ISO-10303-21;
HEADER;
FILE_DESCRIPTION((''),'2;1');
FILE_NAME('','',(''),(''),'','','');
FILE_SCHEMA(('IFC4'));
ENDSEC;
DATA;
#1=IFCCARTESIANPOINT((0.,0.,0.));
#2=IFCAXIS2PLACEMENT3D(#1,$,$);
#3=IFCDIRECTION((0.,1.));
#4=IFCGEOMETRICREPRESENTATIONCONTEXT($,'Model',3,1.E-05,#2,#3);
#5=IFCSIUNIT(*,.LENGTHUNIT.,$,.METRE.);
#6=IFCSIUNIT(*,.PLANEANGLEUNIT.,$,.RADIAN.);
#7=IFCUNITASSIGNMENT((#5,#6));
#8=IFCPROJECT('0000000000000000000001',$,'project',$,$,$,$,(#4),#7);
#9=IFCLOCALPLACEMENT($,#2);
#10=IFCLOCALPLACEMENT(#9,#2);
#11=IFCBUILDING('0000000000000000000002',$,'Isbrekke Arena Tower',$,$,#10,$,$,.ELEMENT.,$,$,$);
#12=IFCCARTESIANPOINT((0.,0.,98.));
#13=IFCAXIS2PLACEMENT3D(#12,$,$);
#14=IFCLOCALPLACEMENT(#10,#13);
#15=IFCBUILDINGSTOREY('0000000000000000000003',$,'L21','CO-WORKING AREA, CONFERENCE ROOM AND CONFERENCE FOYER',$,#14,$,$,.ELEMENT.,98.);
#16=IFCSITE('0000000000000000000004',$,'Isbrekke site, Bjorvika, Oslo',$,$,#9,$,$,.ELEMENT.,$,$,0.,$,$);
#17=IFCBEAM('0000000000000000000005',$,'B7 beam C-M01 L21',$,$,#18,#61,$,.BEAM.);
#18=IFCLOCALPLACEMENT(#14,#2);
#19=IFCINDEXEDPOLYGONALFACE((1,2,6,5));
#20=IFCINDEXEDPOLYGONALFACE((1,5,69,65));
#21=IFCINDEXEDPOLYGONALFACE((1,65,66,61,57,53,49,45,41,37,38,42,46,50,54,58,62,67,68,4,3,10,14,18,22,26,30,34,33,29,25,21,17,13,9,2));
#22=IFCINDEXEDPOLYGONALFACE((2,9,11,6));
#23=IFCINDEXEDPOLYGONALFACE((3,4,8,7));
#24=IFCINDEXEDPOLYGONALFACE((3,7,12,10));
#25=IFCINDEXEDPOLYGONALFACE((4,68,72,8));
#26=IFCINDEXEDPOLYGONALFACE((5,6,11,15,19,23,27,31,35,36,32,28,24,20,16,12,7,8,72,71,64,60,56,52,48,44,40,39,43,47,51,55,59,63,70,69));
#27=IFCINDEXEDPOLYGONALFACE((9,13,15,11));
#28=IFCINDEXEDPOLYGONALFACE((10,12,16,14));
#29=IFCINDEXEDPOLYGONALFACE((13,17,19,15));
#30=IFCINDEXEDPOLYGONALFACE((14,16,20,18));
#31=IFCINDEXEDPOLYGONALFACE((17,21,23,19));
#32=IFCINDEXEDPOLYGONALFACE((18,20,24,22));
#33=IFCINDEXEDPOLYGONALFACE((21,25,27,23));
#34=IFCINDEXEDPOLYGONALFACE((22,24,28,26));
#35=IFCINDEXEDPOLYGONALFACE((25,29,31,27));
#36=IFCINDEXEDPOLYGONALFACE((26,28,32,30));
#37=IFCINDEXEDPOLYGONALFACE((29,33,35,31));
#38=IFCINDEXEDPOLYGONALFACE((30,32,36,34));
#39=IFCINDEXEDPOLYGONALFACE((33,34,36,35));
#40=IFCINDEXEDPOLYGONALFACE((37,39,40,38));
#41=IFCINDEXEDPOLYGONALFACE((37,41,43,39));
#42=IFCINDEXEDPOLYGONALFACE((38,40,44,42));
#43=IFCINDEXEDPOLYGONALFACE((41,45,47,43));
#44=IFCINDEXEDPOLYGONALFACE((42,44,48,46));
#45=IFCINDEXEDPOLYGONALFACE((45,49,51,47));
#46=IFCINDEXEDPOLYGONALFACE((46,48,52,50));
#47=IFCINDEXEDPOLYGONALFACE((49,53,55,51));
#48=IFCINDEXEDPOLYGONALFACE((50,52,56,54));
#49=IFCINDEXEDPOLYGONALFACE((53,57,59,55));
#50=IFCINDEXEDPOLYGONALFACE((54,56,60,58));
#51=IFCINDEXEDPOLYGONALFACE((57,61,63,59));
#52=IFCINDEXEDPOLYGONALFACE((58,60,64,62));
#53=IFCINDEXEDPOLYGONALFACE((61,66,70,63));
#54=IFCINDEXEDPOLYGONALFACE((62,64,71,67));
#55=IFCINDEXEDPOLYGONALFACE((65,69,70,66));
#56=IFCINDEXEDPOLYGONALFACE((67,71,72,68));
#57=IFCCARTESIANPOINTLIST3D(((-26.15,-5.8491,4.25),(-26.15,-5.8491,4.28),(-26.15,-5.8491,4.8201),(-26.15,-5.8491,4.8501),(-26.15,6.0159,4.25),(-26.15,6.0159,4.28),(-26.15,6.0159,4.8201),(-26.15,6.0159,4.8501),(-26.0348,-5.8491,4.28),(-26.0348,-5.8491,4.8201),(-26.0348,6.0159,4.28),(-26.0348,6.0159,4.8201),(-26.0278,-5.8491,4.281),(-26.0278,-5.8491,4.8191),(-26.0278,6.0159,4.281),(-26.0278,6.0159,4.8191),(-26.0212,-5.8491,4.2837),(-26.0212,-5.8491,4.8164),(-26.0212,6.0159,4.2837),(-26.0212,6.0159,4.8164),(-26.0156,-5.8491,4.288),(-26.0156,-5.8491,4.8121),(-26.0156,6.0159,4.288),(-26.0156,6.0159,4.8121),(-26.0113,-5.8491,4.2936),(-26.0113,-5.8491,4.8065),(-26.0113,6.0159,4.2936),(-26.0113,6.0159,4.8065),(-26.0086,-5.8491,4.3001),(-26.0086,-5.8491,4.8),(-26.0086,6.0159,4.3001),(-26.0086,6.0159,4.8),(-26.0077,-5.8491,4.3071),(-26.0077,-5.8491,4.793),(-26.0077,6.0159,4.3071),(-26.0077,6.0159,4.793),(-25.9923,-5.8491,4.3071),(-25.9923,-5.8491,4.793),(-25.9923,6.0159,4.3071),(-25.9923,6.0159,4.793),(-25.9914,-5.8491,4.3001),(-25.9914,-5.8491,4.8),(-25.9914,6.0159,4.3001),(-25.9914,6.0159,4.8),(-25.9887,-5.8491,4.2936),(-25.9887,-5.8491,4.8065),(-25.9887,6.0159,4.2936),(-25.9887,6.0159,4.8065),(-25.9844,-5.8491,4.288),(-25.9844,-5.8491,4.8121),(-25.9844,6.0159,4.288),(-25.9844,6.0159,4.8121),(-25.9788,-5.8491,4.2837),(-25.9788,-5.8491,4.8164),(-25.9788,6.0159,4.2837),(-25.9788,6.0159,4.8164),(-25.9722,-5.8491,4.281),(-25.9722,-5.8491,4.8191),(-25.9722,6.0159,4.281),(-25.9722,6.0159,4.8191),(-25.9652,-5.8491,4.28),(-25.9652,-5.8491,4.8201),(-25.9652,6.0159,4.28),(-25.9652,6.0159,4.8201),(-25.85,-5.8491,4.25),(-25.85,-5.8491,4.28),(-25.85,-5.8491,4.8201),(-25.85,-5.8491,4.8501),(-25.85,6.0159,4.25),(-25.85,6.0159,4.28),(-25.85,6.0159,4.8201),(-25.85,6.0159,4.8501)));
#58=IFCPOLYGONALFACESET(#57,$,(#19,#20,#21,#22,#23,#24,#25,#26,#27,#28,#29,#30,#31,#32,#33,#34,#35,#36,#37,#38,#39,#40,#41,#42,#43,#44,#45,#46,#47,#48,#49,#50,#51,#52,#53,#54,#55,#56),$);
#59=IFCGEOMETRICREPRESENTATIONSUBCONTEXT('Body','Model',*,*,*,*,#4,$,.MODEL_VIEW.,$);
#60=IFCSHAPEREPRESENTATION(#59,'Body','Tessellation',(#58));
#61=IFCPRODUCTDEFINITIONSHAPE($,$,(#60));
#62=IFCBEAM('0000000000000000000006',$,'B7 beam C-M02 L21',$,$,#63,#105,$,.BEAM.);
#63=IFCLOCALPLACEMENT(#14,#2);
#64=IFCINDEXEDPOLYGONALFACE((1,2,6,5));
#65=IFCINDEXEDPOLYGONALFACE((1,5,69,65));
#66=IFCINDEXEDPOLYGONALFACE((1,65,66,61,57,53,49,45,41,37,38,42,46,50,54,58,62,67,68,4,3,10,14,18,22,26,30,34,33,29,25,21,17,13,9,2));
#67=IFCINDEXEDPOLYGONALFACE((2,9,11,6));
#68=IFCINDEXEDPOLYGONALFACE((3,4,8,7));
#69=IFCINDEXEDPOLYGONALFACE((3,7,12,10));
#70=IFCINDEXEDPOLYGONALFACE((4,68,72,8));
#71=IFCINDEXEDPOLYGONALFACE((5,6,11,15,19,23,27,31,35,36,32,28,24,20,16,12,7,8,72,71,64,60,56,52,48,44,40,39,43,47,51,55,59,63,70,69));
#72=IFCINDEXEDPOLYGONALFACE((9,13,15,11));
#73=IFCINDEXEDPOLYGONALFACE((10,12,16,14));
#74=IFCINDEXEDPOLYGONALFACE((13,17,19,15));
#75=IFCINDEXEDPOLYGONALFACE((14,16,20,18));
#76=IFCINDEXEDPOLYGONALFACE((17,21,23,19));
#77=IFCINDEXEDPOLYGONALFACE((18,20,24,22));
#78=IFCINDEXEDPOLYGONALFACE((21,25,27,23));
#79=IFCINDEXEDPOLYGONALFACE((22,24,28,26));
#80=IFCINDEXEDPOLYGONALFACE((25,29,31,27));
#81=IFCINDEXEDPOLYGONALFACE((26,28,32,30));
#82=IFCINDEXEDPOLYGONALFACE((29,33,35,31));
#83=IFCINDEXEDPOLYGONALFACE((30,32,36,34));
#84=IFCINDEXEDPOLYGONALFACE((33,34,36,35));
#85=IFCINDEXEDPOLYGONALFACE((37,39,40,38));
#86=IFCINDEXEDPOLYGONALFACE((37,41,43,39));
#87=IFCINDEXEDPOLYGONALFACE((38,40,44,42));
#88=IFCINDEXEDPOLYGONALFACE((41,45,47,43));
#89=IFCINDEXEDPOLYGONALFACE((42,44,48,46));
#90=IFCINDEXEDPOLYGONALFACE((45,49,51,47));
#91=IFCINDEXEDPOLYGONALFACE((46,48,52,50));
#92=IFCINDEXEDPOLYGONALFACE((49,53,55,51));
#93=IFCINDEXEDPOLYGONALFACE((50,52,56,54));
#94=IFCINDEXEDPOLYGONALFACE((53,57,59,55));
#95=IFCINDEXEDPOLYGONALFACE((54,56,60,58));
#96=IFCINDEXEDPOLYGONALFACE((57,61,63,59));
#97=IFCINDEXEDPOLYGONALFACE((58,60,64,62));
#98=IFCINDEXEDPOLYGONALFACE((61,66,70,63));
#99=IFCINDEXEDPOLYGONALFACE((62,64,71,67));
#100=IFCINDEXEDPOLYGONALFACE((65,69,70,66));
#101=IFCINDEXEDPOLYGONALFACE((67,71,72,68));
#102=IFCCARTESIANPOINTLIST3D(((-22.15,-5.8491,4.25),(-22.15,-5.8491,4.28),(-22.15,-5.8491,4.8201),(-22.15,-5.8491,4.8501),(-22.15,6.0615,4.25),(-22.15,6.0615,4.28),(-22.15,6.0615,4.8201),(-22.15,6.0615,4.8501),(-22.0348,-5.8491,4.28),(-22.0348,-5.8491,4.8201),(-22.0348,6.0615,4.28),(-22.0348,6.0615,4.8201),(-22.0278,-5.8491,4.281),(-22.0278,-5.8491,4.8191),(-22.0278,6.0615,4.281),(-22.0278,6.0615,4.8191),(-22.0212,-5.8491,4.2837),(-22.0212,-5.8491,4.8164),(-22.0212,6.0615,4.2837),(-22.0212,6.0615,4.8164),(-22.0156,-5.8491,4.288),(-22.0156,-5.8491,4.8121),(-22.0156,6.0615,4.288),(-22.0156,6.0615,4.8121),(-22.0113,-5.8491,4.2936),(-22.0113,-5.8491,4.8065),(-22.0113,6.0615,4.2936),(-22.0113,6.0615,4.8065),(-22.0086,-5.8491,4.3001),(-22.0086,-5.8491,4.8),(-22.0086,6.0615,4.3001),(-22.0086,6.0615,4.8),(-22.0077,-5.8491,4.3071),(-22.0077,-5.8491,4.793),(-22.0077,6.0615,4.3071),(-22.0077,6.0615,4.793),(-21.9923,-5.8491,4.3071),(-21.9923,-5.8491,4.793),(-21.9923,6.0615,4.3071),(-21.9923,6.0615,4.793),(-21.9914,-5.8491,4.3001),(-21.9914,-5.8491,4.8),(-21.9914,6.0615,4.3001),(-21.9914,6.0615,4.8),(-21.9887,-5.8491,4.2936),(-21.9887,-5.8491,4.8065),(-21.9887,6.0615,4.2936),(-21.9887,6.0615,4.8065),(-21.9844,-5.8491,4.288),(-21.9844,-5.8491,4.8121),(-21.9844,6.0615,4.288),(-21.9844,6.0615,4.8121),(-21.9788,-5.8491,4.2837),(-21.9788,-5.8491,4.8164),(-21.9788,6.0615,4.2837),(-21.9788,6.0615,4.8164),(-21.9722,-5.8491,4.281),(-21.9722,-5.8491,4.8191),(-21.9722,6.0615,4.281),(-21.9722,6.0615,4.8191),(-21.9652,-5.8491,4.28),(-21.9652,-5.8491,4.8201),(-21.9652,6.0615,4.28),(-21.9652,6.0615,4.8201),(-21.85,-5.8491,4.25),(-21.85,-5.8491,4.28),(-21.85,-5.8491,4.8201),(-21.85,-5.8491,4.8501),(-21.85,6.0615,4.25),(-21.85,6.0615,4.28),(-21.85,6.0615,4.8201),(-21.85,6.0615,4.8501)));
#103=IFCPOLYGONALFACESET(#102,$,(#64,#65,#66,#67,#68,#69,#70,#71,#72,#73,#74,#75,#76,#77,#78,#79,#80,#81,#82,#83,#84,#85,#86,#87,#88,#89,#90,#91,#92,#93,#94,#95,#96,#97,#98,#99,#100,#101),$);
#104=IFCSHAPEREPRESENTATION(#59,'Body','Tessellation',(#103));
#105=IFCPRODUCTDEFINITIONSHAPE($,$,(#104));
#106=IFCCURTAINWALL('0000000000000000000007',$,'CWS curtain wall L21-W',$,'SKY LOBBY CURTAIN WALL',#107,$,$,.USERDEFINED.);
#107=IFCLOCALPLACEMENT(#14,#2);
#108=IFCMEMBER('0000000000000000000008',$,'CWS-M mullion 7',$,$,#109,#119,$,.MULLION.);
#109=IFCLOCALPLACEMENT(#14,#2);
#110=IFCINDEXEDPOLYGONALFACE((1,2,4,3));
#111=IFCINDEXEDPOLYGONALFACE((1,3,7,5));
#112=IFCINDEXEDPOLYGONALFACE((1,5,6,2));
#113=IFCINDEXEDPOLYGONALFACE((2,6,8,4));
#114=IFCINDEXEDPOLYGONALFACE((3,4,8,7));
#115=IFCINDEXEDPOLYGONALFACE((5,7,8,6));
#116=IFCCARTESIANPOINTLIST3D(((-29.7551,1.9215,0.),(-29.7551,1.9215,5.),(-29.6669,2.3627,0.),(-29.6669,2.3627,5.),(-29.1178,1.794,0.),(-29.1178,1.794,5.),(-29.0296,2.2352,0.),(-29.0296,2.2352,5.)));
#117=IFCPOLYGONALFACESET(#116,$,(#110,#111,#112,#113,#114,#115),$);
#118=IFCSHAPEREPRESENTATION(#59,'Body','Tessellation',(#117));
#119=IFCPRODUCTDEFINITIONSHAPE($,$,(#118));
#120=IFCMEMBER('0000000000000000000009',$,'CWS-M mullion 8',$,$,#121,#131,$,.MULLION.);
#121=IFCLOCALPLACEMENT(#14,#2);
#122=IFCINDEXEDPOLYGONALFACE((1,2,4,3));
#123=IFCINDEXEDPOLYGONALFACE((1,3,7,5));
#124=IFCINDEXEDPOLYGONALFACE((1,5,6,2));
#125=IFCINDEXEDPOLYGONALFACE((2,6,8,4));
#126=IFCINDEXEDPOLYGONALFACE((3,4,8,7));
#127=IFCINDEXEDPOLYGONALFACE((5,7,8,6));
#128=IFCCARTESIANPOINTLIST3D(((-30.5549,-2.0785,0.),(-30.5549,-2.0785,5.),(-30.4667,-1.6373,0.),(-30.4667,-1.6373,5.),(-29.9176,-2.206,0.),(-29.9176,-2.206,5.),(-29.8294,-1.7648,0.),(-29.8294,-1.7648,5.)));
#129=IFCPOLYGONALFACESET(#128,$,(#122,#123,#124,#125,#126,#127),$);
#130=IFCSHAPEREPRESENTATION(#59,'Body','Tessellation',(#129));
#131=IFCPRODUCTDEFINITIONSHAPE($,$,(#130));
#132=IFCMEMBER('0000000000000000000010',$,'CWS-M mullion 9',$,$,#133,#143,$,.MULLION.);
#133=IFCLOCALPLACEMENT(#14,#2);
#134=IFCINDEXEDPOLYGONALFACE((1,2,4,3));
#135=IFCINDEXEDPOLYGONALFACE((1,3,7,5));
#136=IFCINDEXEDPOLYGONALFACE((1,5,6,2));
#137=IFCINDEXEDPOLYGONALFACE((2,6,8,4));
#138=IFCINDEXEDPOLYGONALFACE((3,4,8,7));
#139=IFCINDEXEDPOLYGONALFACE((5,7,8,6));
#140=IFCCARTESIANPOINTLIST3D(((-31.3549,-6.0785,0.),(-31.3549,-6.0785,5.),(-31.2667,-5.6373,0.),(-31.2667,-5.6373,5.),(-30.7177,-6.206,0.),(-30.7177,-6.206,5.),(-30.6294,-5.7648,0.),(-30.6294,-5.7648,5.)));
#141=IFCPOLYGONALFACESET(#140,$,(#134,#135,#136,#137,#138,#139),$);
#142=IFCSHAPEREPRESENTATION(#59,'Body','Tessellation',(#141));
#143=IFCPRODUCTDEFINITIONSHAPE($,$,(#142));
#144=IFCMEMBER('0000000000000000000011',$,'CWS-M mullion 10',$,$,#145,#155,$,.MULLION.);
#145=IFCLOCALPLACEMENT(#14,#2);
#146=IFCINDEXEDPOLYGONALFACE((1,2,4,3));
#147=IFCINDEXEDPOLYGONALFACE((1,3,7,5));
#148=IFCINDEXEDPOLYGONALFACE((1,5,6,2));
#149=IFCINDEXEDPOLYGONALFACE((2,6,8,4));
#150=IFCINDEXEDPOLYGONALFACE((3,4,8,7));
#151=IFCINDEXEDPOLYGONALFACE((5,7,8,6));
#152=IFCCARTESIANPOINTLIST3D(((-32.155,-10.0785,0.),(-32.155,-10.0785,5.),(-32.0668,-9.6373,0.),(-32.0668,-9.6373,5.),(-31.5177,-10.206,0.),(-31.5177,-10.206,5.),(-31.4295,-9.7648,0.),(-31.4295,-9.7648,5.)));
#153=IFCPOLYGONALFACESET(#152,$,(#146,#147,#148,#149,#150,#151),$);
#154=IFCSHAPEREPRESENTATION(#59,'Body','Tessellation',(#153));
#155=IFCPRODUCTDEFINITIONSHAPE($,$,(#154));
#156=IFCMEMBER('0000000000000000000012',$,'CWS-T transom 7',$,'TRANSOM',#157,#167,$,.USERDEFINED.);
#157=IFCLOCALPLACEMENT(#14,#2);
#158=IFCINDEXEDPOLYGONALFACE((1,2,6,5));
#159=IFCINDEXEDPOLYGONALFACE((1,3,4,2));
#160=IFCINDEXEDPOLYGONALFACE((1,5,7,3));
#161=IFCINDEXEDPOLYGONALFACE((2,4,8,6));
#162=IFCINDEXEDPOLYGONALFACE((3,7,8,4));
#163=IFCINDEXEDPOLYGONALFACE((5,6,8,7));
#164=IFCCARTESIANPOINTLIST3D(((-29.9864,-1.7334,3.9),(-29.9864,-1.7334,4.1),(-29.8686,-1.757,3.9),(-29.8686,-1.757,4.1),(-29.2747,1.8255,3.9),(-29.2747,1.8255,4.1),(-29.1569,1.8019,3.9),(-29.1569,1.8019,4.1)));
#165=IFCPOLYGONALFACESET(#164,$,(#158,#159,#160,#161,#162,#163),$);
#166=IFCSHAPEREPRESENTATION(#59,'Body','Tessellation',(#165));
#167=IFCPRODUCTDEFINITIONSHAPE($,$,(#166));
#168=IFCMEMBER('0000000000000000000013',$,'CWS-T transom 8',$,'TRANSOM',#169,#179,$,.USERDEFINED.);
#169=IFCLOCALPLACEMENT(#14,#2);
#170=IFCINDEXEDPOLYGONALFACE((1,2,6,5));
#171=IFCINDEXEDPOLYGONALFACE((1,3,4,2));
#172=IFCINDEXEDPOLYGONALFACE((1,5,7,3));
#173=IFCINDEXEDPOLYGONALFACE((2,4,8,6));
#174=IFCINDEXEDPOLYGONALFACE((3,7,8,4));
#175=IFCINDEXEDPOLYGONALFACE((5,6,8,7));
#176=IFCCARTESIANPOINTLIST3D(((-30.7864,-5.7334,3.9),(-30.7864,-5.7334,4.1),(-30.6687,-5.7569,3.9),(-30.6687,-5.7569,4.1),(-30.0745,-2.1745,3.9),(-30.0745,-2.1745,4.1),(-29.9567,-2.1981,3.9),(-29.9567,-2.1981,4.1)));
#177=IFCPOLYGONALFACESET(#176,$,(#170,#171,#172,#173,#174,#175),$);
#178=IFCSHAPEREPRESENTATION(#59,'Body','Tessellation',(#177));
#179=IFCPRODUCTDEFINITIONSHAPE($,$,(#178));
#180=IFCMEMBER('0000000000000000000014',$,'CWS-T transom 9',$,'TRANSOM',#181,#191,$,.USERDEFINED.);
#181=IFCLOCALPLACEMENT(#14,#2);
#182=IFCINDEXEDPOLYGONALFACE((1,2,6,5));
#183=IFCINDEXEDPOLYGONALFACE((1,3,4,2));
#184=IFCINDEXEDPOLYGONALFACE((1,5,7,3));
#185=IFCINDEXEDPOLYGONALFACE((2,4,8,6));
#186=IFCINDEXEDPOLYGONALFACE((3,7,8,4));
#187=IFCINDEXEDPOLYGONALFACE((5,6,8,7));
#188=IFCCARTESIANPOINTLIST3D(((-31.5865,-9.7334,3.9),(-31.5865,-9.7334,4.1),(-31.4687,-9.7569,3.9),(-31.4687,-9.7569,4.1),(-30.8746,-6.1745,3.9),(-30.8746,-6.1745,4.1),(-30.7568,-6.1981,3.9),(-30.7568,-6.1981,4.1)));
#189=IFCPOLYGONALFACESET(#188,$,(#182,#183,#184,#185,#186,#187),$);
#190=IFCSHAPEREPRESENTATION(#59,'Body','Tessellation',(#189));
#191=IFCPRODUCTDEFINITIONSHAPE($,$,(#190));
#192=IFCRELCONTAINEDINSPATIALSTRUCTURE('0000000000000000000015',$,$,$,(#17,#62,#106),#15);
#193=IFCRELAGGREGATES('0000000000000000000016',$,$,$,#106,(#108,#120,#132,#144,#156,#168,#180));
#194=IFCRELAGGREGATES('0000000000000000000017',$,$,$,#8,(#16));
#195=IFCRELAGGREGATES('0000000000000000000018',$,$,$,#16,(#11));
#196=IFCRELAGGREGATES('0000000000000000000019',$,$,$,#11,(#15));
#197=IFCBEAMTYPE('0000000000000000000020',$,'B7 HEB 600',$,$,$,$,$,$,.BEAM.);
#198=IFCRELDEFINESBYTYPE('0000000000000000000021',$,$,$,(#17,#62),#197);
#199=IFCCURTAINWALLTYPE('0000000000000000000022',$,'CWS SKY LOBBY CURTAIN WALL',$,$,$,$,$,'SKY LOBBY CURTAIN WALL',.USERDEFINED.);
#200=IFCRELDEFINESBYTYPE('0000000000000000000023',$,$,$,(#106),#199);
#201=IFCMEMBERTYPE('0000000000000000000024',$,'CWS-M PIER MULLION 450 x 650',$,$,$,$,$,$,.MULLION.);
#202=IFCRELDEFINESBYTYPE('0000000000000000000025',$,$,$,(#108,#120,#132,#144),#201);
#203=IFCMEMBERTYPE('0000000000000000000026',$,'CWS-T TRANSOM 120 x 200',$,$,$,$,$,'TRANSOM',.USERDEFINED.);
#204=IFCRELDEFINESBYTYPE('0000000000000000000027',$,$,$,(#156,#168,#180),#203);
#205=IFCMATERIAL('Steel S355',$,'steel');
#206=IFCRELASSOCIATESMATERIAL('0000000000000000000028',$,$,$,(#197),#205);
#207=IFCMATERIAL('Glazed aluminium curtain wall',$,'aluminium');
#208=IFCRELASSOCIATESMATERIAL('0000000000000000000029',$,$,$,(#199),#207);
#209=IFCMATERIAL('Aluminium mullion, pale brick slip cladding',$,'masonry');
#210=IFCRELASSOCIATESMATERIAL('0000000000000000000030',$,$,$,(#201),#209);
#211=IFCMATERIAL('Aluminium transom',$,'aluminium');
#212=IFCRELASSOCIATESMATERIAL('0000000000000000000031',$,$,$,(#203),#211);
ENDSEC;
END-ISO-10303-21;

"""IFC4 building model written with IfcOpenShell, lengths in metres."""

from ifc_helpers import new_model, si_unit, direction, frame, origin, origin_2d, place, context, subcontext, project, spatial, rectangle, i_section, extrude, material, material_profile, profile_set, type_object, element, aggregate, save


model = new_model("IFC4")

# Units and contexts
model_context = context("Model", 3, precision=1e-05, world=origin(), true_north=direction((0.0, 1.0)))
body_context = subcontext(model_context, "Body", "Model", "MODEL_VIEW")
ifc_project = project(units=[si_unit("LENGTHUNIT", "METRE"), si_unit("PLANEANGLEUNIT", "RADIAN")], contexts=[model_context])

# Site, building, storey
site_placement = place(None, origin())
site = spatial("IfcSite", under=ifc_project, at=site_placement, Name="Isbrekke site, Bjorvika, Oslo", CompositionType="ELEMENT", RefElevation=0.0)
building_placement = place(site_placement, origin())
building = spatial("IfcBuilding", under=site, at=building_placement, Name="Isbrekke Arena Tower", CompositionType="ELEMENT")
storey_placement = place(building_placement, frame((0.0, 0.0, 98.0)))
storey = spatial("IfcBuildingStorey", under=building, at=storey_placement, Name="L21", Description="CO-WORKING AREA, CONFERENCE ROOM AND CONFERENCE FOYER", CompositionType="ELEMENT", Elevation=98.0)

# Beams
ifc_material_1 = material(Name="Steel S355", Category="steel")
ifc_material_profile_1 = material_profile(ifc_material_1, i_section(OverallWidth=0.3, OverallDepth=0.6001, WebThickness=0.0154, FlangeThickness=0.03, FilletRadius=0.0271, at=origin_2d()), Name="HEB 600")
ifc_profile_set_1 = profile_set([ifc_material_profile_1], Name="Steel S355")
beam_type_1 = type_object("IfcBeamType", Name="B7 HEB 600", PredefinedType="BEAM", material=ifc_profile_set_1)
beam_1_placement = place(storey_placement, frame((-26.0, -5.8491, 4.55), z_axis=(0.0, 1.0, 0.0), x_axis=(-1.0, 0.0, 0.0)))
element("IfcBeam", 1, at=beam_1_placement, inside=storey, type_object=beam_type_1, Name="B7 beam C-M01 L21", PredefinedType="BEAM", context=body_context, shape_type="SweptSolid", body=[
    extrude(i_section(OverallWidth=0.3, OverallDepth=0.6001, WebThickness=0.0154, FlangeThickness=0.03, FilletRadius=0.0271, at=origin_2d()), origin(), (0.0, 0.0, 1.0), 11.865),
])
beam_2_placement = place(storey_placement, frame((-22.0, -5.8491, 4.55), z_axis=(0.0, 1.0, 0.0), x_axis=(-1.0, 0.0, 0.0)))
element("IfcBeam", 2, at=beam_2_placement, inside=storey, type_object=beam_type_1, Name="B7 beam C-M02 L21", PredefinedType="BEAM", context=body_context, shape_type="SweptSolid", body=[
    extrude(i_section(OverallWidth=0.3, OverallDepth=0.6001, WebThickness=0.0154, FlangeThickness=0.03, FilletRadius=0.0271, at=origin_2d()), origin(), (0.0, 0.0, 1.0), 11.9106),
])

# Curtain wall, members
ifc_material_2 = material(Name="Glazed aluminium curtain wall", Category="aluminium")
curtain_wall_type = type_object("IfcCurtainWallType", Name="CWS SKY LOBBY CURTAIN WALL", ElementType="SKY LOBBY CURTAIN WALL", PredefinedType="USERDEFINED", material=ifc_material_2)
curtain_wall_placement = place(storey_placement, origin())
curtain_wall = element("IfcCurtainWall", 3, at=curtain_wall_placement, inside=storey, type_object=curtain_wall_type, Name="CWS curtain wall L21-W", ObjectType="SKY LOBBY CURTAIN WALL", PredefinedType="USERDEFINED")
ifc_material_3 = material(Name="Aluminium mullion, pale brick slip cladding", Category="masonry")
ifc_material_profile_2 = material_profile(ifc_material_3, rectangle(XDim=0.45, YDim=0.6499, at=origin_2d()), Name="PIER 450X650")
ifc_profile_set_2 = profile_set([ifc_material_profile_2], Name="Aluminium mullion, pale brick slip cladding")
member_type_1 = type_object("IfcMemberType", Name="CWS-M PIER MULLION 450 x 650", PredefinedType="MULLION", material=ifc_profile_set_2)
member_1_placement = place(storey_placement, frame((-29.3923, 2.0784, 0.0), z_axis=(0.0, 0.0, 1.0), x_axis=(-0.196116, -0.980581, 0.0)))
member_1 = element("IfcMember", 4, at=member_1_placement, type_object=member_type_1, Name="CWS-M mullion 7", PredefinedType="MULLION", context=body_context, shape_type="SweptSolid", body=[
    extrude(rectangle(XDim=0.45, YDim=0.6499, at=origin_2d()), origin(), (0.0, 0.0, 1.0), 5.0),
])
member_2_placement = place(storey_placement, frame((-30.1921, -1.9216, 0.0), z_axis=(0.0, 0.0, 1.0), x_axis=(-0.196116, -0.980581, 0.0)))
member_2 = element("IfcMember", 5, at=member_2_placement, type_object=member_type_1, Name="CWS-M mullion 8", PredefinedType="MULLION", context=body_context, shape_type="SweptSolid", body=[
    extrude(rectangle(XDim=0.45, YDim=0.6499, at=origin_2d()), origin(), (0.0, 0.0, 1.0), 5.0),
])
member_3_placement = place(storey_placement, frame((-30.9922, -5.9216, 0.0), z_axis=(0.0, 0.0, 1.0), x_axis=(-0.196116, -0.980581, 0.0)))
member_3 = element("IfcMember", 6, at=member_3_placement, type_object=member_type_1, Name="CWS-M mullion 9", PredefinedType="MULLION", context=body_context, shape_type="SweptSolid", body=[
    extrude(rectangle(XDim=0.45, YDim=0.6499, at=origin_2d()), origin(), (0.0, 0.0, 1.0), 5.0),
])
member_4_placement = place(storey_placement, frame((-31.7922, -9.9216, 0.0), z_axis=(0.0, 0.0, 1.0), x_axis=(-0.196116, -0.980581, 0.0)))
member_4 = element("IfcMember", 7, at=member_4_placement, type_object=member_type_1, Name="CWS-M mullion 10", PredefinedType="MULLION", context=body_context, shape_type="SweptSolid", body=[
    extrude(rectangle(XDim=0.45, YDim=0.6499, at=origin_2d()), origin(), (0.0, 0.0, 1.0), 5.0),
])
ifc_material_4 = material(Name="Aluminium transom", Category="aluminium")
ifc_material_profile_3 = material_profile(ifc_material_4, rectangle(XDim=0.1201, YDim=0.2, at=origin_2d()), Name="TRANSOM 120X200")
ifc_profile_set_3 = profile_set([ifc_material_profile_3], Name="Aluminium transom")
member_type_2 = type_object("IfcMemberType", Name="CWS-T TRANSOM 120 x 200", ElementType="TRANSOM", PredefinedType="USERDEFINED", material=ifc_profile_set_3)
member_5_placement = place(storey_placement, frame((-29.2158, 1.8137, 4.0), z_axis=(-0.19609, -0.980586, 0.0), x_axis=(0.980586, -0.19609, 0.0)))
member_5 = element("IfcMember", 8, at=member_5_placement, type_object=member_type_2, Name="CWS-T transom 7", ObjectType="TRANSOM", PredefinedType="USERDEFINED", context=body_context, shape_type="SweptSolid", body=[
    extrude(rectangle(XDim=0.1201, YDim=0.2, at=origin_2d()), origin(), (0.0, 0.0, 1.0), 3.6294),
])
member_6_placement = place(storey_placement, frame((-30.0156, -2.1863, 4.0), z_axis=(-0.196155, -0.980573, 0.0), x_axis=(0.980573, -0.196155, 0.0)))
member_6 = element("IfcMember", 9, at=member_6_placement, type_object=member_type_2, Name="CWS-T transom 8", ObjectType="TRANSOM", PredefinedType="USERDEFINED", context=body_context, shape_type="SweptSolid", body=[
    extrude(rectangle(XDim=0.1201, YDim=0.2, at=origin_2d()), origin(), (0.0, 0.0, 1.0), 3.6294),
])
member_7_placement = place(storey_placement, frame((-30.8157, -6.1863, 4.0), z_axis=(-0.196155, -0.980573, 0.0), x_axis=(0.980573, -0.196155, 0.0)))
member_7 = element("IfcMember", 10, at=member_7_placement, type_object=member_type_2, Name="CWS-T transom 9", ObjectType="TRANSOM", PredefinedType="USERDEFINED", context=body_context, shape_type="SweptSolid", body=[
    extrude(rectangle(XDim=0.1201, YDim=0.2, at=origin_2d()), origin(), (0.0, 0.0, 1.0), 3.6294),
])

aggregate(curtain_wall, [member_1, member_2, member_3, member_4, member_5, member_6, member_7])

save(model, "model.ifc")
